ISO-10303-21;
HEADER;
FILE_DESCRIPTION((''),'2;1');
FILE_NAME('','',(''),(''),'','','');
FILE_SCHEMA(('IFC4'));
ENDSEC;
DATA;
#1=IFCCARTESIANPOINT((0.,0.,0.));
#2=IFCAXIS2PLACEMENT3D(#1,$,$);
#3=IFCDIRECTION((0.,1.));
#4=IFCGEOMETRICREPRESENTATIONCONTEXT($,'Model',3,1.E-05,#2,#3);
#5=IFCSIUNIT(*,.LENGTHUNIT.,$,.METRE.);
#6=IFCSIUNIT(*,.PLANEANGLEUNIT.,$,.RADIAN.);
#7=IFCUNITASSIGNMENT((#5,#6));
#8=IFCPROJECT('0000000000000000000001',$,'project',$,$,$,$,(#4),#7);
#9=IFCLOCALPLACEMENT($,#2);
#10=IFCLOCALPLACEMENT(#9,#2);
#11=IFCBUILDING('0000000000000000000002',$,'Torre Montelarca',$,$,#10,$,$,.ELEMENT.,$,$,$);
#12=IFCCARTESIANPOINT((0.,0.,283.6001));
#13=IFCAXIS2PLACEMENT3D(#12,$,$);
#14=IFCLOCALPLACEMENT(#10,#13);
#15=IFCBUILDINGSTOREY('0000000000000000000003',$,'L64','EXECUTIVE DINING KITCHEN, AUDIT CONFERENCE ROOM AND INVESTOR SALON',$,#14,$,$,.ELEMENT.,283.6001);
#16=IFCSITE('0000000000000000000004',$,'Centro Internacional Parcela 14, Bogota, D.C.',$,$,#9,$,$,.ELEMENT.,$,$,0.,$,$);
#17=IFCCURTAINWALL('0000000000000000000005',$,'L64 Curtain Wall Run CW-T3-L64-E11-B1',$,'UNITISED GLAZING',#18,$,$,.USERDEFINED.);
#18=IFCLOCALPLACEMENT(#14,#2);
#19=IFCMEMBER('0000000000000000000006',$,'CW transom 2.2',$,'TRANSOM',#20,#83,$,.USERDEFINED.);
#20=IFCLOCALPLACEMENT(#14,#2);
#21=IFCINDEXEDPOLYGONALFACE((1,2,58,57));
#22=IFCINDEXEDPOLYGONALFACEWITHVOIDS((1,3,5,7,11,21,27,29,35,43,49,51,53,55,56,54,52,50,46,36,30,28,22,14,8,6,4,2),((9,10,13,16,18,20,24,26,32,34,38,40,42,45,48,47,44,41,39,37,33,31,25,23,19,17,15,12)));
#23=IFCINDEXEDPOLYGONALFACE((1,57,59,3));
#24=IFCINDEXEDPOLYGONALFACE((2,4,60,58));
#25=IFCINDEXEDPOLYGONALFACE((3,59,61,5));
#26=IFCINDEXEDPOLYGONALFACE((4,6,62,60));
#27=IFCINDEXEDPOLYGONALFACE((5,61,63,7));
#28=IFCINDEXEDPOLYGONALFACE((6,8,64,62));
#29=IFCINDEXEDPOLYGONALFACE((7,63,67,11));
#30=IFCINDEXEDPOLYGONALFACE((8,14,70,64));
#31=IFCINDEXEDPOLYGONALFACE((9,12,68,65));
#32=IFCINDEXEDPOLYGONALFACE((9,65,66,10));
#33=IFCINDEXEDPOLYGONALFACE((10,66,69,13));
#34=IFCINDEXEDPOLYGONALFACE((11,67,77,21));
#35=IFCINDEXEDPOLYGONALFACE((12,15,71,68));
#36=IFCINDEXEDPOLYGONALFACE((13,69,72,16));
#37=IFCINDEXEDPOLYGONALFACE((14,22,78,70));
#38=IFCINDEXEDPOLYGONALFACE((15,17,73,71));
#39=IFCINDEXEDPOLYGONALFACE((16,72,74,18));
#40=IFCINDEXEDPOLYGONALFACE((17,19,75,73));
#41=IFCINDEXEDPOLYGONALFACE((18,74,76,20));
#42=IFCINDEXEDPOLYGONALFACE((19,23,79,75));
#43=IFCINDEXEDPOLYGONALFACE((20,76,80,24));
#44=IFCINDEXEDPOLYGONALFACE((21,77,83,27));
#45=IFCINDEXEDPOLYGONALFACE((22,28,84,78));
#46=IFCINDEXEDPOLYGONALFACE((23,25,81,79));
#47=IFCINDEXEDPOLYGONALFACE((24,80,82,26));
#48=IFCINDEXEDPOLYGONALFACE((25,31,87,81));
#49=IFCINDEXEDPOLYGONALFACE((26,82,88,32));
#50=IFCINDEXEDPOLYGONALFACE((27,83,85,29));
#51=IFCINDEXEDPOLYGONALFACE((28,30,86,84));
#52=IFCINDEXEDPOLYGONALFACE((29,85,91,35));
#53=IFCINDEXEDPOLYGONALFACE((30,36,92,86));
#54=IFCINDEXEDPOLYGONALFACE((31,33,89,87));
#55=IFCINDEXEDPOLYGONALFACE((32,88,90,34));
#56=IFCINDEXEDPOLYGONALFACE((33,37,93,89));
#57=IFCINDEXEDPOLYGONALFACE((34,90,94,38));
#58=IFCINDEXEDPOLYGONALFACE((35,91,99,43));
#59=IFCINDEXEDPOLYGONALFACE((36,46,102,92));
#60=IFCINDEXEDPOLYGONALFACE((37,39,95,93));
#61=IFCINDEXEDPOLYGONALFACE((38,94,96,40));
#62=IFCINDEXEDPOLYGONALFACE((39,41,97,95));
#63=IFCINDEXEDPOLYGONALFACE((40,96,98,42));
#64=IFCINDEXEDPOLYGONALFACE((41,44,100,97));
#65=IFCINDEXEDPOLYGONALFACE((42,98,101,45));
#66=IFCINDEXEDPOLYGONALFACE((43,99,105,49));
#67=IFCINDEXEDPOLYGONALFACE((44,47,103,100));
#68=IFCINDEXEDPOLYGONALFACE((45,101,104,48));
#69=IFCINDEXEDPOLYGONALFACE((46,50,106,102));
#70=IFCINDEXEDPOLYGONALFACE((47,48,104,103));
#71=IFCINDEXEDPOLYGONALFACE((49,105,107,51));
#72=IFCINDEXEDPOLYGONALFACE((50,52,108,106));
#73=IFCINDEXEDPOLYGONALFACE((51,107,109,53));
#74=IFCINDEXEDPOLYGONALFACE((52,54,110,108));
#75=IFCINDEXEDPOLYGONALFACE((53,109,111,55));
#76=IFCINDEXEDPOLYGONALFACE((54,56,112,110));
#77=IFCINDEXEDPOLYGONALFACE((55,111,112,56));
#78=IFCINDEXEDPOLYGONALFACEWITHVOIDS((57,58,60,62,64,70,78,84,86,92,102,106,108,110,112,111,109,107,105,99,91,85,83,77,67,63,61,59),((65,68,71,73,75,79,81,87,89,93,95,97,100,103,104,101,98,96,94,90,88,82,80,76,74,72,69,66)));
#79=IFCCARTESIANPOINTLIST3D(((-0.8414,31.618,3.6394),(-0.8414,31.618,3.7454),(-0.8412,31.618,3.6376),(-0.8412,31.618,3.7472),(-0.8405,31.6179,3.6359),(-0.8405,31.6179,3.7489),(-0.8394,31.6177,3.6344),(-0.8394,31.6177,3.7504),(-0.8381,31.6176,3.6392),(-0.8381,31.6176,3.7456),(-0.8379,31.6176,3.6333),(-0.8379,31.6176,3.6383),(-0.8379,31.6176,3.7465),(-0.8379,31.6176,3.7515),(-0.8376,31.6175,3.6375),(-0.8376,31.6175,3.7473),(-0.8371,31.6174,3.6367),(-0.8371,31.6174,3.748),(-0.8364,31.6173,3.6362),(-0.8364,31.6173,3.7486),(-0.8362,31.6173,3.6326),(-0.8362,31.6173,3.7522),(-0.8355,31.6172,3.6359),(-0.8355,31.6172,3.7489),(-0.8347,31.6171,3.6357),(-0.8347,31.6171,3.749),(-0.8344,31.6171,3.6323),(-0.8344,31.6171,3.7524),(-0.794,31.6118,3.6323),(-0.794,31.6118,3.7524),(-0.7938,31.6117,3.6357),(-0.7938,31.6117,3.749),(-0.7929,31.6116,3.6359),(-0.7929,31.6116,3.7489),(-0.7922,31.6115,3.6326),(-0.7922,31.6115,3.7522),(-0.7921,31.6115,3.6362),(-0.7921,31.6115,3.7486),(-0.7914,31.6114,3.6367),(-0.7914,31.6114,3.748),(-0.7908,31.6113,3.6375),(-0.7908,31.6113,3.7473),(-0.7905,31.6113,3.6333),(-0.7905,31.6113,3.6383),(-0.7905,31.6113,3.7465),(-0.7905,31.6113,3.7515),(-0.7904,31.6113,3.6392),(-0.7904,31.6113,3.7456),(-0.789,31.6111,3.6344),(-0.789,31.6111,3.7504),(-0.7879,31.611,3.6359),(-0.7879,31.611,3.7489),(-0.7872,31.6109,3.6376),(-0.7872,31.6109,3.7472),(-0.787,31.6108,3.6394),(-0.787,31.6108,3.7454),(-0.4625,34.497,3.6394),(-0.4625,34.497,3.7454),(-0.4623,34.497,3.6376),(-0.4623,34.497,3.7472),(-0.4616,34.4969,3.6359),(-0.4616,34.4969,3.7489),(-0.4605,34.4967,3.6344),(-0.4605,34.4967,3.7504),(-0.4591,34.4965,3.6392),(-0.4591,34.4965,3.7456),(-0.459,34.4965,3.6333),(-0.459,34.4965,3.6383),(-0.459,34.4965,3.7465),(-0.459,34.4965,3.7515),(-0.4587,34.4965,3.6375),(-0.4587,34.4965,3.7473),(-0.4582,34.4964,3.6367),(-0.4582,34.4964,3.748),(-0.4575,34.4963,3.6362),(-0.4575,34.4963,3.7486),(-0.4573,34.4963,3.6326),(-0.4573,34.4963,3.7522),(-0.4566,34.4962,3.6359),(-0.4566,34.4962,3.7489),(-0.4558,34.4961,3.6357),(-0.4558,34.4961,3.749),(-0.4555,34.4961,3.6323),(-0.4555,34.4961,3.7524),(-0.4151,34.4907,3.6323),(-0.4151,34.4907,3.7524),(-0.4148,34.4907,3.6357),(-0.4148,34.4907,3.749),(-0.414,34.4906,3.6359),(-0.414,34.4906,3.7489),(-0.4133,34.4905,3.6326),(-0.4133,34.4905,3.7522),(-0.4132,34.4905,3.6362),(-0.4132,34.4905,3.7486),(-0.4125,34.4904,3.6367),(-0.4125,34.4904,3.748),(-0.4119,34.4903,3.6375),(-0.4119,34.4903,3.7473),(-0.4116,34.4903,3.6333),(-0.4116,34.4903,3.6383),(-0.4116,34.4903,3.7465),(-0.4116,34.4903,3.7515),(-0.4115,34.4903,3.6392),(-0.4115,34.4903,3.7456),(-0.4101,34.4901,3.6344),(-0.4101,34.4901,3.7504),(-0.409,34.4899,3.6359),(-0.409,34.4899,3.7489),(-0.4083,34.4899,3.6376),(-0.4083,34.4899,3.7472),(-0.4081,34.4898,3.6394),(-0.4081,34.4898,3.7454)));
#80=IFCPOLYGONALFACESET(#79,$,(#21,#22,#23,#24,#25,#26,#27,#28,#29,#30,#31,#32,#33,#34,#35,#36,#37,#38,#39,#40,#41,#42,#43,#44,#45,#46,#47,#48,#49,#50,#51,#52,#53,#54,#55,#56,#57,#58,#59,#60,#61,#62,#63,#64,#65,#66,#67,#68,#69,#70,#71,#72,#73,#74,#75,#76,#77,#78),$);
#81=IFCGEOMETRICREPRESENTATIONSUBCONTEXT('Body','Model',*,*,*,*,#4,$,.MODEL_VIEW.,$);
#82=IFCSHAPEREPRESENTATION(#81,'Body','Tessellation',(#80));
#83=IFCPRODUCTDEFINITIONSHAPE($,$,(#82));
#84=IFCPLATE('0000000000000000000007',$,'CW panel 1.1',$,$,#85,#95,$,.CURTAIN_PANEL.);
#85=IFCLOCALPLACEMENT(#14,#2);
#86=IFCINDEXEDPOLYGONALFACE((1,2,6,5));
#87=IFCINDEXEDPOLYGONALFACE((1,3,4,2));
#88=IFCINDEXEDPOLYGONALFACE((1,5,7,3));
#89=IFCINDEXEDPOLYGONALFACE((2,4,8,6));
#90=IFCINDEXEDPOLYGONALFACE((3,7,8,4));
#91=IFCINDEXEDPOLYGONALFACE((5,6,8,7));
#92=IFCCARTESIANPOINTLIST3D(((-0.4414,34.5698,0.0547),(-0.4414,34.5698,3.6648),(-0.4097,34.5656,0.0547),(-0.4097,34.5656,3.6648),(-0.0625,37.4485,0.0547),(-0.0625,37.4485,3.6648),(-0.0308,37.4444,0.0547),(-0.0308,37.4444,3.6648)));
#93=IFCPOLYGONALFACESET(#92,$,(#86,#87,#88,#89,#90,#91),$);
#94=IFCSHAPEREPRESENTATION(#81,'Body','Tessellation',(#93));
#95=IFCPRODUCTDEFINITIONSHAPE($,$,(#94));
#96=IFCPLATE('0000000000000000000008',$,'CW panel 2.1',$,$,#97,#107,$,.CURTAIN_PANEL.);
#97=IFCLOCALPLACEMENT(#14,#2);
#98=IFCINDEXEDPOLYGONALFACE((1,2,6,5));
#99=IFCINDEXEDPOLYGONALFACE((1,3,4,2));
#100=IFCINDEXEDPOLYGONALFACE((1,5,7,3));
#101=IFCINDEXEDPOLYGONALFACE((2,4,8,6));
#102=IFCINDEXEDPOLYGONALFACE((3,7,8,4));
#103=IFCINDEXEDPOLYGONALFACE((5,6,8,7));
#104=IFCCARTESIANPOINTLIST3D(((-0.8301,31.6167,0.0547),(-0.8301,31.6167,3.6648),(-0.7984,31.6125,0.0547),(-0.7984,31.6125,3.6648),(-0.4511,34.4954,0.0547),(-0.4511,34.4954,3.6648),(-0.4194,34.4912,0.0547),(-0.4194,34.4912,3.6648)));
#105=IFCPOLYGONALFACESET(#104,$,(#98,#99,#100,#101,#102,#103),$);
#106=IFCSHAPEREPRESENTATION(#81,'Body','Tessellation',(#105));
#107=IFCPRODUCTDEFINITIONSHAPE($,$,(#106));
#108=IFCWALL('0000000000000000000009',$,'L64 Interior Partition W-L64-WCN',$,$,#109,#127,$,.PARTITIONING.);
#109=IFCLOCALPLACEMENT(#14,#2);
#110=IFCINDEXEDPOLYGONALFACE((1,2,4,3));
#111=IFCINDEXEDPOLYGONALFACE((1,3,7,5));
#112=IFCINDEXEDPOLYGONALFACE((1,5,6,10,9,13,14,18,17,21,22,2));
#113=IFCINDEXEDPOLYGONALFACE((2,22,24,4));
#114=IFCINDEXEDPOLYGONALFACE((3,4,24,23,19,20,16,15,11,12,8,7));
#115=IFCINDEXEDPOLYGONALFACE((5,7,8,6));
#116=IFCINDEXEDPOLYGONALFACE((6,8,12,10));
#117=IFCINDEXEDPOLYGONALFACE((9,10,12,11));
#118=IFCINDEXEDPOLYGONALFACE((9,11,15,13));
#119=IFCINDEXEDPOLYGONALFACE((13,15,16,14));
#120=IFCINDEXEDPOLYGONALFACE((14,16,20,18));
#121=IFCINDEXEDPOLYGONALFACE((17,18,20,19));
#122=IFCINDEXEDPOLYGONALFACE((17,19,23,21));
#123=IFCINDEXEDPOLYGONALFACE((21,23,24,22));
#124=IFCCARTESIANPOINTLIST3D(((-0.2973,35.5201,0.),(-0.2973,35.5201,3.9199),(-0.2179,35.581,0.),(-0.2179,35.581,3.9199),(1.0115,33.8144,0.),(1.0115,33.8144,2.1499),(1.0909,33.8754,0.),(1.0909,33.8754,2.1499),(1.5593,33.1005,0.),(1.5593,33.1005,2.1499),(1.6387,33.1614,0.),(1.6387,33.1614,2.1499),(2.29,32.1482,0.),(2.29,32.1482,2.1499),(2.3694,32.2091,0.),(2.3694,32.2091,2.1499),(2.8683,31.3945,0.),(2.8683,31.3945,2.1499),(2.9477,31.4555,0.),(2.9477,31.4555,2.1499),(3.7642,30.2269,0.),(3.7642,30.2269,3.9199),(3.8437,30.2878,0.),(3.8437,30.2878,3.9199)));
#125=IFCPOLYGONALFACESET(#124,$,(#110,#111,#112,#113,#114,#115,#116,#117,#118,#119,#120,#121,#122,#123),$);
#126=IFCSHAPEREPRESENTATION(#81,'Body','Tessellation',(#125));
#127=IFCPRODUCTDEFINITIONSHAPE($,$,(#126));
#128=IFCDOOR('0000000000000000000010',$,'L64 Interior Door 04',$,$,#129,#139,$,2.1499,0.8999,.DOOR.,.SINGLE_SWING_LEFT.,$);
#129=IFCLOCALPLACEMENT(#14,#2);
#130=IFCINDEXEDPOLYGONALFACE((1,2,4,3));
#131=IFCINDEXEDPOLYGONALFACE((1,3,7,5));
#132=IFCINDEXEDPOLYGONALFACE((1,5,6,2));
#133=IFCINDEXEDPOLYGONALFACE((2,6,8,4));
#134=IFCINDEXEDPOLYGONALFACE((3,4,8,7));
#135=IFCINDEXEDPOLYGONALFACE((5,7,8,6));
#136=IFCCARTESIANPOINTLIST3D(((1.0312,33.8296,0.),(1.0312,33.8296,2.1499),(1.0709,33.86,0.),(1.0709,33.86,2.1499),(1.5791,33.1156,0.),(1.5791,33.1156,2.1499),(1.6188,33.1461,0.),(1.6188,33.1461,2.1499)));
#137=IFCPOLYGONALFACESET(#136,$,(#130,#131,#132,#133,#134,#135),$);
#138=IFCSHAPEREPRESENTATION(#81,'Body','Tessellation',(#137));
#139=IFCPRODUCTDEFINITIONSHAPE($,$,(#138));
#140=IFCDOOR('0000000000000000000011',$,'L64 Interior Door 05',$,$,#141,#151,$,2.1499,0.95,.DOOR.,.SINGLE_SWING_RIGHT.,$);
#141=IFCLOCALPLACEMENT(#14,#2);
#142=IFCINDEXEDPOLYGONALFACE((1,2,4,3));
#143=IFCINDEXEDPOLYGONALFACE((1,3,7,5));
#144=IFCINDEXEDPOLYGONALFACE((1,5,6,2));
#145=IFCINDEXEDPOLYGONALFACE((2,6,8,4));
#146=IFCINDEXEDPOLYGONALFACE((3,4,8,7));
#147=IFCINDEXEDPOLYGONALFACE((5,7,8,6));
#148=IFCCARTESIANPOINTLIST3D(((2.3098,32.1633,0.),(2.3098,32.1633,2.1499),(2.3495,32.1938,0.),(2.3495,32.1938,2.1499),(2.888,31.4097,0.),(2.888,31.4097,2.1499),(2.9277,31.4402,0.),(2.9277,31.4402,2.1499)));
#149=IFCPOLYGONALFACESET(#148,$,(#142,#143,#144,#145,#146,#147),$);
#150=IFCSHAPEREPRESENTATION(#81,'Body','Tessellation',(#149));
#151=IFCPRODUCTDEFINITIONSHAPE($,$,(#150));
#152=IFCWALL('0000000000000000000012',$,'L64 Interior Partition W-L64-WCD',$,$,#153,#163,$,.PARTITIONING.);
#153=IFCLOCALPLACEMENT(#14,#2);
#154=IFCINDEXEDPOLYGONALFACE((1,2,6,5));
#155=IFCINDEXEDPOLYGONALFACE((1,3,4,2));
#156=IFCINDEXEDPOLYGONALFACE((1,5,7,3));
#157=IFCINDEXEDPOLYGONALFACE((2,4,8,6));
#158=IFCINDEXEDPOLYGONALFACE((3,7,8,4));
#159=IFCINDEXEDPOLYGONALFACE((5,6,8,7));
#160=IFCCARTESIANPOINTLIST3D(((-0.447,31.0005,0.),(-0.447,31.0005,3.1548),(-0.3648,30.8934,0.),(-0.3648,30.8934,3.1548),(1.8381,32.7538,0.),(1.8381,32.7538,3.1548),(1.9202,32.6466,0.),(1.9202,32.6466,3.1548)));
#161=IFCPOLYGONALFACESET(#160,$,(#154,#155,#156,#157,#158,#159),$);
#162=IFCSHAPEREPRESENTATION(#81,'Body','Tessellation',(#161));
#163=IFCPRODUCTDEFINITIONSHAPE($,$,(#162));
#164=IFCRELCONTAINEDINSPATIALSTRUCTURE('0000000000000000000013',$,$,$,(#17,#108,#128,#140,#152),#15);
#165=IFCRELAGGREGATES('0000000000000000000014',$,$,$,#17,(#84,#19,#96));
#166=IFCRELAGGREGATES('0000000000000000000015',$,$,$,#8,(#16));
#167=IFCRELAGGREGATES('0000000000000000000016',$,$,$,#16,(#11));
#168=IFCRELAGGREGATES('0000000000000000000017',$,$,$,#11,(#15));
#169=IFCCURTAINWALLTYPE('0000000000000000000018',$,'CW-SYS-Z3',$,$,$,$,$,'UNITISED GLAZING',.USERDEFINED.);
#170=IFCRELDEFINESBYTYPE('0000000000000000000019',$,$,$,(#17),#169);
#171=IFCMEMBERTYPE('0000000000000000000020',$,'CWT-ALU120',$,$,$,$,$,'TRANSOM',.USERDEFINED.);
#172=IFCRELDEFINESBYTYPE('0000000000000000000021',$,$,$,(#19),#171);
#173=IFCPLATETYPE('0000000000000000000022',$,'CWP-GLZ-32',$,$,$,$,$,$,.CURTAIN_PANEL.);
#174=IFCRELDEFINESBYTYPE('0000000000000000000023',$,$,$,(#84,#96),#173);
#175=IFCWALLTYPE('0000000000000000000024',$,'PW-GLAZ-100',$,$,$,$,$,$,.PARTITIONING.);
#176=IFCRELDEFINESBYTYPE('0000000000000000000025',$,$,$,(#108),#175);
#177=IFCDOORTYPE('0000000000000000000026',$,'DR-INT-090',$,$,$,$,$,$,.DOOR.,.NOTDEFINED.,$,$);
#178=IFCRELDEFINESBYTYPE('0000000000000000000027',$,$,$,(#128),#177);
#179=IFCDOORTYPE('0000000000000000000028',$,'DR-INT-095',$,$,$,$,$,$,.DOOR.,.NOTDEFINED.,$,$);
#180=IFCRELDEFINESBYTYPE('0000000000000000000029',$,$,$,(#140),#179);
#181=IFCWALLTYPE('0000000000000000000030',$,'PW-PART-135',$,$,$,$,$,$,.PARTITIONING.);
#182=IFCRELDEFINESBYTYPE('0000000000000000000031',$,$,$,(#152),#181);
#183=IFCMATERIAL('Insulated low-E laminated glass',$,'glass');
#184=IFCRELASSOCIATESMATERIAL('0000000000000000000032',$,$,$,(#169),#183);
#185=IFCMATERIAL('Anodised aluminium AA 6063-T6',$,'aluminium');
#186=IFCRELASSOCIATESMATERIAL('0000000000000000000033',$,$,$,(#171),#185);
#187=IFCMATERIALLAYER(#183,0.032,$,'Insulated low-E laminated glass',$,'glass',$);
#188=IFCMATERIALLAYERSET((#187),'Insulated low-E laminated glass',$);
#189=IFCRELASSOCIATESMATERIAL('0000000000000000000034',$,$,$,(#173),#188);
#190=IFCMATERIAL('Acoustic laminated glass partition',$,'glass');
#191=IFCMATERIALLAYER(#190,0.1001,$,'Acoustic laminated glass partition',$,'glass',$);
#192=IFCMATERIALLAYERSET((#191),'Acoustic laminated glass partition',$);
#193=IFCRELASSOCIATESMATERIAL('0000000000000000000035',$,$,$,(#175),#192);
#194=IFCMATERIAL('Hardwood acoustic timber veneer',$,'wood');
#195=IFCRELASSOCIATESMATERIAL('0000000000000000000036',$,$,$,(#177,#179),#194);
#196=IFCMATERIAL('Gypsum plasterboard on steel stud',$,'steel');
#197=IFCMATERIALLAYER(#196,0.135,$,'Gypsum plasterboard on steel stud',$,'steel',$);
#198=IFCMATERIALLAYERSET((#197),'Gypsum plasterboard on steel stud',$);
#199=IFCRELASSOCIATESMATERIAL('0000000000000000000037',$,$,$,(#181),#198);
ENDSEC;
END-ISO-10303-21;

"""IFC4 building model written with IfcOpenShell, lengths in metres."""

from ifc_helpers import new_model, si_unit, direction, frame, frame_2d, origin, origin_2d, place, context, subcontext, project, spatial, rectangle, hollow_rectangle, extrude, source, transform, mapped, material, layer, layer_set, material_profile, profile_set, type_object, element, fill, aggregate, save


model = new_model("IFC4")

# Units and contexts
model_context = context("Model", 3, precision=1e-05, world=origin(), true_north=direction((0.0, 1.0)))
body_context = subcontext(model_context, "Body", "Model", "MODEL_VIEW")
ifc_project = project(units=[si_unit("LENGTHUNIT", "METRE"), si_unit("PLANEANGLEUNIT", "RADIAN")], contexts=[model_context])

# Site, building, storey
site_placement = place(None, origin())
site = spatial("IfcSite", under=ifc_project, at=site_placement, Name="Centro Internacional Parcela 14, Bogota, D.C.", CompositionType="ELEMENT", RefElevation=0.0)
building_placement = place(site_placement, origin())
building = spatial("IfcBuilding", under=site, at=building_placement, Name="Torre Montelarca", CompositionType="ELEMENT")
storey_placement = place(building_placement, frame((0.0, 0.0, 283.6001)))
storey = spatial("IfcBuildingStorey", under=building, at=storey_placement, Name="L64", Description="EXECUTIVE DINING KITCHEN, AUDIT CONFERENCE ROOM AND INVESTOR SALON", CompositionType="ELEMENT", Elevation=283.6001)

# Shared definitions
ifc_material_1 = material(Name="Insulated low-E laminated glass", Category="glass")
curtain_wall_type = type_object("IfcCurtainWallType", Name="CW-SYS-Z3", ElementType="UNITISED GLAZING", PredefinedType="USERDEFINED", material=ifc_material_1)
ifc_material_2 = material(Name="Anodised aluminium AA 6063-T6", Category="aluminium")

# Curtain wall, member, plates
curtain_wall_1_placement = place(storey_placement, origin())
curtain_wall_1 = element("IfcCurtainWall", 1, at=curtain_wall_1_placement, inside=storey, type_object=curtain_wall_type, Name="L64 Curtain Wall Run CW-T3-L64-E11-B1", ObjectType="UNITISED GLAZING", PredefinedType="USERDEFINED")
ifc_material_profile_1 = material_profile(ifc_material_2, hollow_rectangle(XDim=0.0549, YDim=0.1201, WallThickness=0.0034, InnerFilletRadius=0.0034, OuterFilletRadius=0.0071, at=origin_2d()), Name="ALU55X120X3.5", Category="aluminium")
ifc_profile_set_1 = profile_set([ifc_material_profile_1], Name="Anodised aluminium AA 6063-T6")
member_type_1 = type_object("IfcMemberType", Name="CWT-ALU120", ElementType="TRANSOM", PredefinedType="USERDEFINED", material=ifc_profile_set_1)
shared_shape_1 = source(origin(), body_context, "Body", "SweptSolid", [
    extrude(hollow_rectangle(XDim=0.0549, YDim=0.1201, WallThickness=0.0034, InnerFilletRadius=0.0034, OuterFilletRadius=0.0071, at=origin_2d()), origin(), (0.0, 0.0, 1.0), 2.9038),
])
member_1_placement = place(storey_placement, frame((-0.4353, 34.4934, 3.6924), z_axis=(-0.130489, -0.99145, 0.0), x_axis=(0.99145, -0.130489, 0.0)))
member_1 = element("IfcMember", 2, at=member_1_placement, type_object=member_type_1, Name="CW transom 2.2", ObjectType="TRANSOM", PredefinedType="USERDEFINED", context=body_context, shape_type="MappedRepresentation", body=[
    mapped(shared_shape_1, transform((0.0, 0.0, 0.0), scale=1.0)),
])
ifc_layer_1 = layer(ifc_material_1, 0.032, Name="Insulated low-E laminated glass", Category="glass")
ifc_layer_set_1 = layer_set([ifc_layer_1], Name="Insulated low-E laminated glass")
plate_type = type_object("IfcPlateType", Name="CWP-GLZ-32", PredefinedType="CURTAIN_PANEL", material=ifc_layer_set_1)
shared_shape_2 = source(origin(), body_context, "Body", "SweptSolid", [
    extrude(rectangle(XDim=2.9036, YDim=0.032, at=origin_2d()), origin(), (0.0, 0.0, 1.0), 3.6101),
])
plate_1_placement = place(storey_placement, frame((-0.2361, 36.0071, 0.0547), z_axis=(0.0, 0.0, 1.0), x_axis=(-0.130514, -0.991446, 0.0)))
plate_1 = element("IfcPlate", 3, at=plate_1_placement, type_object=plate_type, Name="CW panel 1.1", PredefinedType="CURTAIN_PANEL", context=body_context, shape_type="MappedRepresentation", body=[
    mapped(shared_shape_2, transform((0.0, 0.0, 0.0), scale=1.0)),
])
plate_2_placement = place(storey_placement, frame((-0.6248, 33.054, 0.0547), z_axis=(0.0, 0.0, 1.0), x_axis=(-0.130514, -0.991446, 0.0)))
plate_2 = element("IfcPlate", 4, at=plate_2_placement, type_object=plate_type, Name="CW panel 2.1", PredefinedType="CURTAIN_PANEL", context=body_context, shape_type="MappedRepresentation", body=[
    mapped(shared_shape_2, transform((0.0, 0.0, 0.0), scale=1.0)),
])
aggregate(curtain_wall_1, [plate_1, member_1, plate_2])

# Wall, openings, doors
ifc_material_3 = material(Name="Acoustic laminated glass partition", Category="glass")
ifc_layer_2 = layer(ifc_material_3, 0.1001, Name="Acoustic laminated glass partition", Category="glass")
ifc_layer_set_2 = layer_set([ifc_layer_2], Name="Acoustic laminated glass partition")
wall_type_1 = type_object("IfcWallType", Name="PW-GLAZ-100", PredefinedType="PARTITIONING", material=ifc_layer_set_2)
wall_1_placement = place(storey_placement, frame((-0.2576, 35.5505, 0.0), z_axis=(0.0, 0.0, 1.0), x_axis=(0.608752, -0.793361, 0.0)))
wall_1 = element("IfcWall", 5, at=wall_1_placement, inside=storey, type_object=wall_type_1, Name="L64 Interior Partition W-L64-WCN", PredefinedType="PARTITIONING", context=body_context, shape_type="SweptSolid", body=[
    extrude(rectangle(XDim=6.6719, YDim=0.1001, at=frame_2d((3.3359, 0.0))), origin(), (0.0, 0.0, 1.0), 3.9199),
])
opening_1_placement = place(wall_1_placement, frame((2.1499, 0.0, 0.0)))
opening_1 = element("IfcOpeningElement", 6, at=opening_1_placement, cuts=wall_1, PredefinedType="OPENING", context=body_context, shape_type="SweptSolid", body=[
    extrude(rectangle(XDim=0.8999, YDim=2.1499, at=frame_2d((0.45, 1.075))), frame((0.0, 0.0601, 0.0), z_axis=(0.0, -1.0, 0.0), x_axis=(1.0, 0.0, 0.0)), (0.0, 0.0, 1.0), 0.1201),
])
opening_2_placement = place(wall_1_placement, frame((4.25, 0.0, 0.0)))
opening_2 = element("IfcOpeningElement", 7, at=opening_2_placement, cuts=wall_1, PredefinedType="OPENING", context=body_context, shape_type="SweptSolid", body=[
    extrude(rectangle(XDim=0.95, YDim=2.1499, at=frame_2d((0.4751, 1.075))), frame((0.0, 0.0601, 0.0), z_axis=(0.0, -1.0, 0.0), x_axis=(1.0, 0.0, 0.0)), (0.0, 0.0, 1.0), 0.1201),
])
ifc_material_4 = material(Name="Hardwood acoustic timber veneer", Category="wood")
door_type_1 = type_object("IfcDoorType", Name="DR-INT-090", OperationType="NOTDEFINED", PredefinedType="DOOR", material=ifc_material_4)
shared_shape_3 = source(origin(), body_context, "Body", "SweptSolid", [
    extrude(rectangle(XDim=0.8999, YDim=2.1499, at=frame_2d((0.45, 1.075))), frame((0.0, 0.0249, 0.0), z_axis=(0.0, -1.0, 0.0), x_axis=(1.0, 0.0, 0.0)), (0.0, 0.0, 1.0), 0.05),
])
door_1_placement = place(opening_1_placement, origin())
door_1 = element("IfcDoor", 8, at=door_1_placement, inside=storey, type_object=door_type_1, Name="L64 Interior Door 04", OperationType="SINGLE_SWING_LEFT", OverallHeight=2.1499, OverallWidth=0.8999, PredefinedType="DOOR", context=body_context, shape_type="MappedRepresentation", body=[
    mapped(shared_shape_3, transform((0.0, 0.0, 0.0), scale=1.0)),
])
fill(opening_1, door_1)
door_type_2 = type_object("IfcDoorType", Name="DR-INT-095", OperationType="NOTDEFINED", PredefinedType="DOOR", material=ifc_material_4)
shared_shape_4 = source(origin(), body_context, "Body", "SweptSolid", [
    extrude(rectangle(XDim=0.95, YDim=2.1499, at=frame_2d((0.4751, 1.075))), frame((0.0, 0.0249, 0.0), z_axis=(0.0, -1.0, 0.0), x_axis=(1.0, 0.0, 0.0)), (0.0, 0.0, 1.0), 0.05),
])
door_2_placement = place(opening_2_placement, origin())
door_2 = element("IfcDoor", 9, at=door_2_placement, inside=storey, type_object=door_type_2, Name="L64 Interior Door 05", OperationType="SINGLE_SWING_RIGHT", OverallHeight=2.1499, OverallWidth=0.95, PredefinedType="DOOR", context=body_context, shape_type="MappedRepresentation", body=[
    mapped(shared_shape_4, transform((0.0, 0.0, 0.0), scale=1.0)),
])
fill(opening_2, door_2)

# Wall
ifc_material_5 = material(Name="Gypsum plasterboard on steel stud", Category="steel")
ifc_layer_3 = layer(ifc_material_5, 0.135, Name="Gypsum plasterboard on steel stud", Category="steel")
ifc_layer_set_3 = layer_set([ifc_layer_3], Name="Gypsum plasterboard on steel stud")
wall_type_2 = type_object("IfcWallType", Name="PW-PART-135", PredefinedType="PARTITIONING", material=ifc_layer_set_3)
wall_2_placement = place(storey_placement, frame((-0.4058, 30.947, 0.0), z_axis=(0.0, 0.0, 1.0), x_axis=(0.79337, 0.608739, 0.0)))
element("IfcWall", 10, at=wall_2_placement, inside=storey, type_object=wall_type_2, Name="L64 Interior Partition W-L64-WCD", PredefinedType="PARTITIONING", context=body_context, shape_type="SweptSolid", body=[
    extrude(rectangle(XDim=2.8801, YDim=0.135, at=frame_2d((1.4399, 0.0))), origin(), (0.0, 0.0, 1.0), 3.1548),
])

save(model, "model.ifc")
